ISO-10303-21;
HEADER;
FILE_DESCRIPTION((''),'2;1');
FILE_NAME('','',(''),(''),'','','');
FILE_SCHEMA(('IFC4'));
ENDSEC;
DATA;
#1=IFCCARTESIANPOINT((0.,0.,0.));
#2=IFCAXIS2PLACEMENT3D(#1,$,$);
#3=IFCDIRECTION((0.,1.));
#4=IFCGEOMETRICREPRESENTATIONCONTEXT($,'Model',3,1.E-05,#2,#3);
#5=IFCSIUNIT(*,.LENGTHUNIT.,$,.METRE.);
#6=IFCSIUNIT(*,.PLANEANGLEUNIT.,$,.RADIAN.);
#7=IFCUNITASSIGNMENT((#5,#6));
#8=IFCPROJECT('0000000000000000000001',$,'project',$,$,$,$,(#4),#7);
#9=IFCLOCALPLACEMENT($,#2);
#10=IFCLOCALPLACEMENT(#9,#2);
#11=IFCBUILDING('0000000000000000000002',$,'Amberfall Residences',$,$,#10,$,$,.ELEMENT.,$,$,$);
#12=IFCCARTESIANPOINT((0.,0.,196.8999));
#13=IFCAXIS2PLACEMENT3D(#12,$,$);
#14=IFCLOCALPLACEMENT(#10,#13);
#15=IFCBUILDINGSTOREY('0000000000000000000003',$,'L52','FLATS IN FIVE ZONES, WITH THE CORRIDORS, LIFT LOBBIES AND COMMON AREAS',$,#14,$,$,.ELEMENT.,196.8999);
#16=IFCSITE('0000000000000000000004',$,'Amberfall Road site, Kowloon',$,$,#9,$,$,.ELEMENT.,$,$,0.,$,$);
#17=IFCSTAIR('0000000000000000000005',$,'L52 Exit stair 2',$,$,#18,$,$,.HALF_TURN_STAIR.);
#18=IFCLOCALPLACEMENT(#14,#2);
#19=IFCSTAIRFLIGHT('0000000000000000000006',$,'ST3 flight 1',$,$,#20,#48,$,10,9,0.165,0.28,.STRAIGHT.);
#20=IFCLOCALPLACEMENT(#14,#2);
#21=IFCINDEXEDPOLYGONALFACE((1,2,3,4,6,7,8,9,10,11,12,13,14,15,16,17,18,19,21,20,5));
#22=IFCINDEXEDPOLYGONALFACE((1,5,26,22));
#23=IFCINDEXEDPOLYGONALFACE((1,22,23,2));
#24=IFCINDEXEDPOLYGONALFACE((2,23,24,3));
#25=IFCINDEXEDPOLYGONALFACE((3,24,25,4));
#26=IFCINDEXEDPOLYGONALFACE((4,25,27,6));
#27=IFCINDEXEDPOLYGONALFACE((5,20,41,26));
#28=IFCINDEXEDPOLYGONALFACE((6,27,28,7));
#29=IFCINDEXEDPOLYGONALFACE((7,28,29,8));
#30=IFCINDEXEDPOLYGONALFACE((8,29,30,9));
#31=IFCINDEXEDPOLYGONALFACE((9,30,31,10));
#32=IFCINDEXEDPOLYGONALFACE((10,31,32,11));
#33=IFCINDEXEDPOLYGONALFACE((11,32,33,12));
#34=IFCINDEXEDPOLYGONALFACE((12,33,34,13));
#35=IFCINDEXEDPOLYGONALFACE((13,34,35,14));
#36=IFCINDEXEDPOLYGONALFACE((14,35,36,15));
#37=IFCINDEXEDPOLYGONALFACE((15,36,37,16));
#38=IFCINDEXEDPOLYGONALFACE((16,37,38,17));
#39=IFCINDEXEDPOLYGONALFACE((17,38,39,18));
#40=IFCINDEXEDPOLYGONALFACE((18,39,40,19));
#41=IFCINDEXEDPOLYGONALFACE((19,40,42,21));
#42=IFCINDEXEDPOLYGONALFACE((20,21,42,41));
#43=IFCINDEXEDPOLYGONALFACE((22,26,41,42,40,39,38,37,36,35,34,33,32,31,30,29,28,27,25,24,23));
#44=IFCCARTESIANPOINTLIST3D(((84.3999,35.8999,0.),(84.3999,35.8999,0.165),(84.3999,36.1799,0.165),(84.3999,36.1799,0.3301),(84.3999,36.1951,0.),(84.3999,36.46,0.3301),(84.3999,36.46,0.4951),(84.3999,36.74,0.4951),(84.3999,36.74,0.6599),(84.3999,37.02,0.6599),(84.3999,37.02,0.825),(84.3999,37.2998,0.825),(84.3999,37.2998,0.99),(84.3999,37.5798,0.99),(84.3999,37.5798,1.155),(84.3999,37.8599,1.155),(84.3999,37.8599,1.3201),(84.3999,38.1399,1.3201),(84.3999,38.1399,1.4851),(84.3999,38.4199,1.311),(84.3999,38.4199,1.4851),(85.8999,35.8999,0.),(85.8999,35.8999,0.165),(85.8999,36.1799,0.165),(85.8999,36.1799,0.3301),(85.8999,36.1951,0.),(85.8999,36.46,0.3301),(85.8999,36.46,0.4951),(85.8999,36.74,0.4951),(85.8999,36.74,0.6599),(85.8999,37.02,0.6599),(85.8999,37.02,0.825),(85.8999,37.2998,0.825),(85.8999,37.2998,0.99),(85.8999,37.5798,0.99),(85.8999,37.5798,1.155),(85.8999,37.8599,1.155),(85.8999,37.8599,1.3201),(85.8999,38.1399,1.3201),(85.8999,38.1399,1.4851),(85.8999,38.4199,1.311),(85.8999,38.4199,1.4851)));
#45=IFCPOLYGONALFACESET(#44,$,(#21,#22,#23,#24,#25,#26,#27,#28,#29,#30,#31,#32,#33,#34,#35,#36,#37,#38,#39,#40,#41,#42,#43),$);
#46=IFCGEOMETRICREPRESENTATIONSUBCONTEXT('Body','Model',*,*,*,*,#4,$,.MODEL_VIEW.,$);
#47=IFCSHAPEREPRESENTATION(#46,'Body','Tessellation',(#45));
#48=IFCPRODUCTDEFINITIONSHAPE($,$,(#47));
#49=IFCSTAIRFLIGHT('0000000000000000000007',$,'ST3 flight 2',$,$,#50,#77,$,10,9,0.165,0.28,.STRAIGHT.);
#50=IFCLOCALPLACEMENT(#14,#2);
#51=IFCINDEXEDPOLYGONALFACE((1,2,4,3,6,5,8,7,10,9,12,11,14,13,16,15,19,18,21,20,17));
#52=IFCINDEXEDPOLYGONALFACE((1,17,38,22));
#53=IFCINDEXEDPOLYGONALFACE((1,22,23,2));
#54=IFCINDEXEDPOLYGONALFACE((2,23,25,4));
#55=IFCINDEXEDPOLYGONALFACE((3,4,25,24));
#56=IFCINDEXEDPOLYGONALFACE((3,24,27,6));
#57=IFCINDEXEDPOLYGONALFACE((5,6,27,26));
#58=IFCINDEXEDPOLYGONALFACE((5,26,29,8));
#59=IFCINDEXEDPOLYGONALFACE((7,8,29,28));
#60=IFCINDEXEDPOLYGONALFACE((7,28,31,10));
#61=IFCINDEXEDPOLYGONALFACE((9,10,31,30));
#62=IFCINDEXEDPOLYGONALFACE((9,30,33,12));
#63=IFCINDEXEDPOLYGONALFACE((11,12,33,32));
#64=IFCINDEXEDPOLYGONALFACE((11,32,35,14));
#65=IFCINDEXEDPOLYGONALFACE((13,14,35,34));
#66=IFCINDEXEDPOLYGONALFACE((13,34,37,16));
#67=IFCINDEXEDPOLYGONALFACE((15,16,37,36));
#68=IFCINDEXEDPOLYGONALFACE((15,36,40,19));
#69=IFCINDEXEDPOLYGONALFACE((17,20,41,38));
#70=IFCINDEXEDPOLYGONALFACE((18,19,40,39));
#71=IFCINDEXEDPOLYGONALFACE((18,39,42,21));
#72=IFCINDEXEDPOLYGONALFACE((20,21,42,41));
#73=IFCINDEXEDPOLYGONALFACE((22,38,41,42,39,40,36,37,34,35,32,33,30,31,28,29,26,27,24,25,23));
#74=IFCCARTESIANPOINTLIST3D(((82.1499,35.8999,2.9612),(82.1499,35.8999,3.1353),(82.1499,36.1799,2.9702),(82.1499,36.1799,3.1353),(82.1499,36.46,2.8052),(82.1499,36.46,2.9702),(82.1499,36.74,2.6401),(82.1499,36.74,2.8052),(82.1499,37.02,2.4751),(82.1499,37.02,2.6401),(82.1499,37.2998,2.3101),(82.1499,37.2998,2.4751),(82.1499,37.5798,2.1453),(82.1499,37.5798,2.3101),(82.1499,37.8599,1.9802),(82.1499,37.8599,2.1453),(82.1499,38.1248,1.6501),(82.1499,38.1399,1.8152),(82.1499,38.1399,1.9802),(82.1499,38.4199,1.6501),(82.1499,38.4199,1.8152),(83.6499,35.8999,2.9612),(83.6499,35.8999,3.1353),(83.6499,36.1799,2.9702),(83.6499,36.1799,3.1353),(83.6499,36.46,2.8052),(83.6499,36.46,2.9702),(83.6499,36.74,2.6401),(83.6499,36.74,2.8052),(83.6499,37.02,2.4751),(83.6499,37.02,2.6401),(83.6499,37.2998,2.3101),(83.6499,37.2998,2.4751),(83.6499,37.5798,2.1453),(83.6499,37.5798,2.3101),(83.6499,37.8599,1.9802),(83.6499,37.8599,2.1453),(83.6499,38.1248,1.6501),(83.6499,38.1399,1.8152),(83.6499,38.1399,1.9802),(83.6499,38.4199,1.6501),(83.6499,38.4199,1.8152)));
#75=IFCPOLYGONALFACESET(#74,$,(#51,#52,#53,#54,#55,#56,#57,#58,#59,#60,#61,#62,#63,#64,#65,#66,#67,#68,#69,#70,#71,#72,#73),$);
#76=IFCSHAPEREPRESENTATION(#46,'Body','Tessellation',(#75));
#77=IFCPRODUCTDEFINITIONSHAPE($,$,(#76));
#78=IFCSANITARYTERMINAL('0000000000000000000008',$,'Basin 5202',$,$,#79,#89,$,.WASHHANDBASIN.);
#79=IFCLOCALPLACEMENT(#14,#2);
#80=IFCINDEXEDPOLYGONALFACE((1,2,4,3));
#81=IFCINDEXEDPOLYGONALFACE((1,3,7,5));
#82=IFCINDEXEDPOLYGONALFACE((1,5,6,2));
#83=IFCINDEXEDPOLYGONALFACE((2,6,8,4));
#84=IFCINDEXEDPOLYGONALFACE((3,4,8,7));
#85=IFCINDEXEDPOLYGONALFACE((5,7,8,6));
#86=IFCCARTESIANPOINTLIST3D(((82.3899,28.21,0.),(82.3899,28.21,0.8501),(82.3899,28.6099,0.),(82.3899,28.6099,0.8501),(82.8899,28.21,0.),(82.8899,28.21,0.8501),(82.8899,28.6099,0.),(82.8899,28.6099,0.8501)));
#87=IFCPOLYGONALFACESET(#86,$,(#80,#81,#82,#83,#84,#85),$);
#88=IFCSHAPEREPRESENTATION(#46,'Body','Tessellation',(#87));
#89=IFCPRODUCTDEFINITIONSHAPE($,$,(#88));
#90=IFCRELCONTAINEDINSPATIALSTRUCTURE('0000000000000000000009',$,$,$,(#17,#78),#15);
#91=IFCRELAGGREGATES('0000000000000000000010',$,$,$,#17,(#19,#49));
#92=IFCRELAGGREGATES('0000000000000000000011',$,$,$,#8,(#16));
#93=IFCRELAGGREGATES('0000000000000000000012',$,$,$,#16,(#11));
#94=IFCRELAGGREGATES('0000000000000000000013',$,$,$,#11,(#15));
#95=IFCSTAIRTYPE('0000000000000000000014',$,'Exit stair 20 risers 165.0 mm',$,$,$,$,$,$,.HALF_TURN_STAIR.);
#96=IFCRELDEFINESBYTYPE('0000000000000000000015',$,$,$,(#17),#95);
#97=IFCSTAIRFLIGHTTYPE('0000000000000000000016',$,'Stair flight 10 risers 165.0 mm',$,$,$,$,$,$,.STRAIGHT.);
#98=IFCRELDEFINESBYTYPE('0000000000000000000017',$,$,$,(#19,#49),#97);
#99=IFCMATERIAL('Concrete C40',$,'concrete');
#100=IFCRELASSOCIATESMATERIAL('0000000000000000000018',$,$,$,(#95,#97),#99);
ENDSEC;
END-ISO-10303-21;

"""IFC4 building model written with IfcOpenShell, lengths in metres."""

from ifc_helpers import new_model, si_unit, direction, frame, origin, origin_2d, place, context, subcontext, project, spatial, polyline, rectangle, outline, extrude, material, type_object, element, aggregate, save


model = new_model("IFC4")

# Units and contexts
model_context = context("Model", 3, precision=1e-05, world=origin(), true_north=direction((0.0, 1.0)))
body_context = subcontext(model_context, "Body", "Model", "MODEL_VIEW")
ifc_project = project(units=[si_unit("LENGTHUNIT", "METRE"), si_unit("PLANEANGLEUNIT", "RADIAN")], contexts=[model_context])

# Site, building, storey
site_placement = place(None, origin())
site = spatial("IfcSite", under=ifc_project, at=site_placement, Name="Amberfall Road site, Kowloon", CompositionType="ELEMENT", RefElevation=0.0)
building_placement = place(site_placement, origin())
building = spatial("IfcBuilding", under=site, at=building_placement, Name="Amberfall Residences", CompositionType="ELEMENT")
storey_placement = place(building_placement, frame((0.0, 0.0, 196.8999)))
storey = spatial("IfcBuildingStorey", under=building, at=storey_placement, Name="L52", Description="FLATS IN FIVE ZONES, WITH THE CORRIDORS, LIFT LOBBIES AND COMMON AREAS", CompositionType="ELEMENT", Elevation=196.8999)

# Stair, stair flights
ifc_material_1 = material(Name="Concrete C40", Category="concrete")
stair_type = type_object("IfcStairType", Name="Exit stair 20 risers 165.0 mm", PredefinedType="HALF_TURN_STAIR", material=ifc_material_1)
stair_placement = place(storey_placement, origin())
stair = element("IfcStair", 1, at=stair_placement, inside=storey, type_object=stair_type, Name="L52 Exit stair 2", PredefinedType="HALF_TURN_STAIR")
stair_flight_type = type_object("IfcStairFlightType", Name="Stair flight 10 risers 165.0 mm", PredefinedType="STRAIGHT", material=ifc_material_1)
stair_flight_1_placement = place(storey_placement, frame((85.1499, 35.8999, 0.0), z_axis=(0.0, 0.0, 1.0), x_axis=(0.0, 1.0, 0.0)))
stair_flight_1 = element("IfcStairFlight", 2, at=stair_flight_1_placement, type_object=stair_flight_type, Name="ST3 flight 1", NumberOfRisers=10, NumberOfTreads=9, PredefinedType="STRAIGHT", RiserHeight=0.165, TreadLength=0.28, context=body_context, shape_type="SweptSolid", body=[
    extrude(outline(polyline([(0.0, 0.0), (0.0, 0.165), (0.28, 0.165), (0.28, 0.3301), (0.5601, 0.3301), (0.5601, 0.4951), (0.8401, 0.4951), (0.8401, 0.6599), (1.1201, 0.6599), (1.1201, 0.825), (1.3999, 0.825), (1.3999, 0.99), (1.6799, 0.99), (1.6799, 1.155), (1.96, 1.155), (1.96, 1.3201), (2.24, 1.3201), (2.24, 1.4851), (2.52, 1.4851), (2.52, 1.6499), (2.52, 1.311), (0.2952, 0.0), (0.0, 0.0)])), frame((0.0, 0.75, 0.0), z_axis=(0.0, -1.0, 0.0), x_axis=(1.0, 0.0, 0.0)), (0.0, 0.0, 1.0), 1.5),
])
stair_flight_2_placement = place(storey_placement, frame((82.8999, 38.4199, 1.6501), z_axis=(0.0, 0.0, 1.0), x_axis=(0.0, -1.0, 0.0)))
stair_flight_2 = element("IfcStairFlight", 3, at=stair_flight_2_placement, type_object=stair_flight_type, Name="ST3 flight 2", NumberOfRisers=10, NumberOfTreads=9, PredefinedType="STRAIGHT", RiserHeight=0.165, TreadLength=0.28, context=body_context, shape_type="SweptSolid", body=[
    extrude(outline(polyline([(0.0, 0.0), (0.0, 0.165), (0.28, 0.165), (0.28, 0.3301), (0.5601, 0.3301), (0.5601, 0.4951), (0.8401, 0.4951), (0.8401, 0.6599), (1.1201, 0.6599), (1.1201, 0.825), (1.3999, 0.825), (1.3999, 0.99), (1.6799, 0.99), (1.6799, 1.155), (1.96, 1.155), (1.96, 1.3201), (2.24, 1.3201), (2.24, 1.4851), (2.52, 1.4851), (2.52, 1.6499), (2.52, 1.311), (0.2952, 0.0), (0.0, 0.0)])), frame((0.0, 0.75, 0.0), z_axis=(0.0, -1.0, 0.0), x_axis=(1.0, 0.0, 0.0)), (0.0, 0.0, 1.0), 1.5),
])
aggregate(stair, [stair_flight_1, stair_flight_2])

# Sanitary terminal
sanitary_terminal_placement = place(storey_placement, frame((82.6399, 28.4099, 0.0), z_axis=(0.0, 0.0, 1.0), x_axis=(1.0, 0.0, 0.0)))
element("IfcSanitaryTerminal", 4, at=sanitary_terminal_placement, inside=storey, Name="Basin 5202", PredefinedType="WASHHANDBASIN", context=body_context, shape_type="SweptSolid", body=[
    extrude(rectangle(XDim=0.5, YDim=0.3999, at=origin_2d()), origin(), (0.0, 0.0, 1.0), 0.8501),
])

save(model, "model.ifc")
